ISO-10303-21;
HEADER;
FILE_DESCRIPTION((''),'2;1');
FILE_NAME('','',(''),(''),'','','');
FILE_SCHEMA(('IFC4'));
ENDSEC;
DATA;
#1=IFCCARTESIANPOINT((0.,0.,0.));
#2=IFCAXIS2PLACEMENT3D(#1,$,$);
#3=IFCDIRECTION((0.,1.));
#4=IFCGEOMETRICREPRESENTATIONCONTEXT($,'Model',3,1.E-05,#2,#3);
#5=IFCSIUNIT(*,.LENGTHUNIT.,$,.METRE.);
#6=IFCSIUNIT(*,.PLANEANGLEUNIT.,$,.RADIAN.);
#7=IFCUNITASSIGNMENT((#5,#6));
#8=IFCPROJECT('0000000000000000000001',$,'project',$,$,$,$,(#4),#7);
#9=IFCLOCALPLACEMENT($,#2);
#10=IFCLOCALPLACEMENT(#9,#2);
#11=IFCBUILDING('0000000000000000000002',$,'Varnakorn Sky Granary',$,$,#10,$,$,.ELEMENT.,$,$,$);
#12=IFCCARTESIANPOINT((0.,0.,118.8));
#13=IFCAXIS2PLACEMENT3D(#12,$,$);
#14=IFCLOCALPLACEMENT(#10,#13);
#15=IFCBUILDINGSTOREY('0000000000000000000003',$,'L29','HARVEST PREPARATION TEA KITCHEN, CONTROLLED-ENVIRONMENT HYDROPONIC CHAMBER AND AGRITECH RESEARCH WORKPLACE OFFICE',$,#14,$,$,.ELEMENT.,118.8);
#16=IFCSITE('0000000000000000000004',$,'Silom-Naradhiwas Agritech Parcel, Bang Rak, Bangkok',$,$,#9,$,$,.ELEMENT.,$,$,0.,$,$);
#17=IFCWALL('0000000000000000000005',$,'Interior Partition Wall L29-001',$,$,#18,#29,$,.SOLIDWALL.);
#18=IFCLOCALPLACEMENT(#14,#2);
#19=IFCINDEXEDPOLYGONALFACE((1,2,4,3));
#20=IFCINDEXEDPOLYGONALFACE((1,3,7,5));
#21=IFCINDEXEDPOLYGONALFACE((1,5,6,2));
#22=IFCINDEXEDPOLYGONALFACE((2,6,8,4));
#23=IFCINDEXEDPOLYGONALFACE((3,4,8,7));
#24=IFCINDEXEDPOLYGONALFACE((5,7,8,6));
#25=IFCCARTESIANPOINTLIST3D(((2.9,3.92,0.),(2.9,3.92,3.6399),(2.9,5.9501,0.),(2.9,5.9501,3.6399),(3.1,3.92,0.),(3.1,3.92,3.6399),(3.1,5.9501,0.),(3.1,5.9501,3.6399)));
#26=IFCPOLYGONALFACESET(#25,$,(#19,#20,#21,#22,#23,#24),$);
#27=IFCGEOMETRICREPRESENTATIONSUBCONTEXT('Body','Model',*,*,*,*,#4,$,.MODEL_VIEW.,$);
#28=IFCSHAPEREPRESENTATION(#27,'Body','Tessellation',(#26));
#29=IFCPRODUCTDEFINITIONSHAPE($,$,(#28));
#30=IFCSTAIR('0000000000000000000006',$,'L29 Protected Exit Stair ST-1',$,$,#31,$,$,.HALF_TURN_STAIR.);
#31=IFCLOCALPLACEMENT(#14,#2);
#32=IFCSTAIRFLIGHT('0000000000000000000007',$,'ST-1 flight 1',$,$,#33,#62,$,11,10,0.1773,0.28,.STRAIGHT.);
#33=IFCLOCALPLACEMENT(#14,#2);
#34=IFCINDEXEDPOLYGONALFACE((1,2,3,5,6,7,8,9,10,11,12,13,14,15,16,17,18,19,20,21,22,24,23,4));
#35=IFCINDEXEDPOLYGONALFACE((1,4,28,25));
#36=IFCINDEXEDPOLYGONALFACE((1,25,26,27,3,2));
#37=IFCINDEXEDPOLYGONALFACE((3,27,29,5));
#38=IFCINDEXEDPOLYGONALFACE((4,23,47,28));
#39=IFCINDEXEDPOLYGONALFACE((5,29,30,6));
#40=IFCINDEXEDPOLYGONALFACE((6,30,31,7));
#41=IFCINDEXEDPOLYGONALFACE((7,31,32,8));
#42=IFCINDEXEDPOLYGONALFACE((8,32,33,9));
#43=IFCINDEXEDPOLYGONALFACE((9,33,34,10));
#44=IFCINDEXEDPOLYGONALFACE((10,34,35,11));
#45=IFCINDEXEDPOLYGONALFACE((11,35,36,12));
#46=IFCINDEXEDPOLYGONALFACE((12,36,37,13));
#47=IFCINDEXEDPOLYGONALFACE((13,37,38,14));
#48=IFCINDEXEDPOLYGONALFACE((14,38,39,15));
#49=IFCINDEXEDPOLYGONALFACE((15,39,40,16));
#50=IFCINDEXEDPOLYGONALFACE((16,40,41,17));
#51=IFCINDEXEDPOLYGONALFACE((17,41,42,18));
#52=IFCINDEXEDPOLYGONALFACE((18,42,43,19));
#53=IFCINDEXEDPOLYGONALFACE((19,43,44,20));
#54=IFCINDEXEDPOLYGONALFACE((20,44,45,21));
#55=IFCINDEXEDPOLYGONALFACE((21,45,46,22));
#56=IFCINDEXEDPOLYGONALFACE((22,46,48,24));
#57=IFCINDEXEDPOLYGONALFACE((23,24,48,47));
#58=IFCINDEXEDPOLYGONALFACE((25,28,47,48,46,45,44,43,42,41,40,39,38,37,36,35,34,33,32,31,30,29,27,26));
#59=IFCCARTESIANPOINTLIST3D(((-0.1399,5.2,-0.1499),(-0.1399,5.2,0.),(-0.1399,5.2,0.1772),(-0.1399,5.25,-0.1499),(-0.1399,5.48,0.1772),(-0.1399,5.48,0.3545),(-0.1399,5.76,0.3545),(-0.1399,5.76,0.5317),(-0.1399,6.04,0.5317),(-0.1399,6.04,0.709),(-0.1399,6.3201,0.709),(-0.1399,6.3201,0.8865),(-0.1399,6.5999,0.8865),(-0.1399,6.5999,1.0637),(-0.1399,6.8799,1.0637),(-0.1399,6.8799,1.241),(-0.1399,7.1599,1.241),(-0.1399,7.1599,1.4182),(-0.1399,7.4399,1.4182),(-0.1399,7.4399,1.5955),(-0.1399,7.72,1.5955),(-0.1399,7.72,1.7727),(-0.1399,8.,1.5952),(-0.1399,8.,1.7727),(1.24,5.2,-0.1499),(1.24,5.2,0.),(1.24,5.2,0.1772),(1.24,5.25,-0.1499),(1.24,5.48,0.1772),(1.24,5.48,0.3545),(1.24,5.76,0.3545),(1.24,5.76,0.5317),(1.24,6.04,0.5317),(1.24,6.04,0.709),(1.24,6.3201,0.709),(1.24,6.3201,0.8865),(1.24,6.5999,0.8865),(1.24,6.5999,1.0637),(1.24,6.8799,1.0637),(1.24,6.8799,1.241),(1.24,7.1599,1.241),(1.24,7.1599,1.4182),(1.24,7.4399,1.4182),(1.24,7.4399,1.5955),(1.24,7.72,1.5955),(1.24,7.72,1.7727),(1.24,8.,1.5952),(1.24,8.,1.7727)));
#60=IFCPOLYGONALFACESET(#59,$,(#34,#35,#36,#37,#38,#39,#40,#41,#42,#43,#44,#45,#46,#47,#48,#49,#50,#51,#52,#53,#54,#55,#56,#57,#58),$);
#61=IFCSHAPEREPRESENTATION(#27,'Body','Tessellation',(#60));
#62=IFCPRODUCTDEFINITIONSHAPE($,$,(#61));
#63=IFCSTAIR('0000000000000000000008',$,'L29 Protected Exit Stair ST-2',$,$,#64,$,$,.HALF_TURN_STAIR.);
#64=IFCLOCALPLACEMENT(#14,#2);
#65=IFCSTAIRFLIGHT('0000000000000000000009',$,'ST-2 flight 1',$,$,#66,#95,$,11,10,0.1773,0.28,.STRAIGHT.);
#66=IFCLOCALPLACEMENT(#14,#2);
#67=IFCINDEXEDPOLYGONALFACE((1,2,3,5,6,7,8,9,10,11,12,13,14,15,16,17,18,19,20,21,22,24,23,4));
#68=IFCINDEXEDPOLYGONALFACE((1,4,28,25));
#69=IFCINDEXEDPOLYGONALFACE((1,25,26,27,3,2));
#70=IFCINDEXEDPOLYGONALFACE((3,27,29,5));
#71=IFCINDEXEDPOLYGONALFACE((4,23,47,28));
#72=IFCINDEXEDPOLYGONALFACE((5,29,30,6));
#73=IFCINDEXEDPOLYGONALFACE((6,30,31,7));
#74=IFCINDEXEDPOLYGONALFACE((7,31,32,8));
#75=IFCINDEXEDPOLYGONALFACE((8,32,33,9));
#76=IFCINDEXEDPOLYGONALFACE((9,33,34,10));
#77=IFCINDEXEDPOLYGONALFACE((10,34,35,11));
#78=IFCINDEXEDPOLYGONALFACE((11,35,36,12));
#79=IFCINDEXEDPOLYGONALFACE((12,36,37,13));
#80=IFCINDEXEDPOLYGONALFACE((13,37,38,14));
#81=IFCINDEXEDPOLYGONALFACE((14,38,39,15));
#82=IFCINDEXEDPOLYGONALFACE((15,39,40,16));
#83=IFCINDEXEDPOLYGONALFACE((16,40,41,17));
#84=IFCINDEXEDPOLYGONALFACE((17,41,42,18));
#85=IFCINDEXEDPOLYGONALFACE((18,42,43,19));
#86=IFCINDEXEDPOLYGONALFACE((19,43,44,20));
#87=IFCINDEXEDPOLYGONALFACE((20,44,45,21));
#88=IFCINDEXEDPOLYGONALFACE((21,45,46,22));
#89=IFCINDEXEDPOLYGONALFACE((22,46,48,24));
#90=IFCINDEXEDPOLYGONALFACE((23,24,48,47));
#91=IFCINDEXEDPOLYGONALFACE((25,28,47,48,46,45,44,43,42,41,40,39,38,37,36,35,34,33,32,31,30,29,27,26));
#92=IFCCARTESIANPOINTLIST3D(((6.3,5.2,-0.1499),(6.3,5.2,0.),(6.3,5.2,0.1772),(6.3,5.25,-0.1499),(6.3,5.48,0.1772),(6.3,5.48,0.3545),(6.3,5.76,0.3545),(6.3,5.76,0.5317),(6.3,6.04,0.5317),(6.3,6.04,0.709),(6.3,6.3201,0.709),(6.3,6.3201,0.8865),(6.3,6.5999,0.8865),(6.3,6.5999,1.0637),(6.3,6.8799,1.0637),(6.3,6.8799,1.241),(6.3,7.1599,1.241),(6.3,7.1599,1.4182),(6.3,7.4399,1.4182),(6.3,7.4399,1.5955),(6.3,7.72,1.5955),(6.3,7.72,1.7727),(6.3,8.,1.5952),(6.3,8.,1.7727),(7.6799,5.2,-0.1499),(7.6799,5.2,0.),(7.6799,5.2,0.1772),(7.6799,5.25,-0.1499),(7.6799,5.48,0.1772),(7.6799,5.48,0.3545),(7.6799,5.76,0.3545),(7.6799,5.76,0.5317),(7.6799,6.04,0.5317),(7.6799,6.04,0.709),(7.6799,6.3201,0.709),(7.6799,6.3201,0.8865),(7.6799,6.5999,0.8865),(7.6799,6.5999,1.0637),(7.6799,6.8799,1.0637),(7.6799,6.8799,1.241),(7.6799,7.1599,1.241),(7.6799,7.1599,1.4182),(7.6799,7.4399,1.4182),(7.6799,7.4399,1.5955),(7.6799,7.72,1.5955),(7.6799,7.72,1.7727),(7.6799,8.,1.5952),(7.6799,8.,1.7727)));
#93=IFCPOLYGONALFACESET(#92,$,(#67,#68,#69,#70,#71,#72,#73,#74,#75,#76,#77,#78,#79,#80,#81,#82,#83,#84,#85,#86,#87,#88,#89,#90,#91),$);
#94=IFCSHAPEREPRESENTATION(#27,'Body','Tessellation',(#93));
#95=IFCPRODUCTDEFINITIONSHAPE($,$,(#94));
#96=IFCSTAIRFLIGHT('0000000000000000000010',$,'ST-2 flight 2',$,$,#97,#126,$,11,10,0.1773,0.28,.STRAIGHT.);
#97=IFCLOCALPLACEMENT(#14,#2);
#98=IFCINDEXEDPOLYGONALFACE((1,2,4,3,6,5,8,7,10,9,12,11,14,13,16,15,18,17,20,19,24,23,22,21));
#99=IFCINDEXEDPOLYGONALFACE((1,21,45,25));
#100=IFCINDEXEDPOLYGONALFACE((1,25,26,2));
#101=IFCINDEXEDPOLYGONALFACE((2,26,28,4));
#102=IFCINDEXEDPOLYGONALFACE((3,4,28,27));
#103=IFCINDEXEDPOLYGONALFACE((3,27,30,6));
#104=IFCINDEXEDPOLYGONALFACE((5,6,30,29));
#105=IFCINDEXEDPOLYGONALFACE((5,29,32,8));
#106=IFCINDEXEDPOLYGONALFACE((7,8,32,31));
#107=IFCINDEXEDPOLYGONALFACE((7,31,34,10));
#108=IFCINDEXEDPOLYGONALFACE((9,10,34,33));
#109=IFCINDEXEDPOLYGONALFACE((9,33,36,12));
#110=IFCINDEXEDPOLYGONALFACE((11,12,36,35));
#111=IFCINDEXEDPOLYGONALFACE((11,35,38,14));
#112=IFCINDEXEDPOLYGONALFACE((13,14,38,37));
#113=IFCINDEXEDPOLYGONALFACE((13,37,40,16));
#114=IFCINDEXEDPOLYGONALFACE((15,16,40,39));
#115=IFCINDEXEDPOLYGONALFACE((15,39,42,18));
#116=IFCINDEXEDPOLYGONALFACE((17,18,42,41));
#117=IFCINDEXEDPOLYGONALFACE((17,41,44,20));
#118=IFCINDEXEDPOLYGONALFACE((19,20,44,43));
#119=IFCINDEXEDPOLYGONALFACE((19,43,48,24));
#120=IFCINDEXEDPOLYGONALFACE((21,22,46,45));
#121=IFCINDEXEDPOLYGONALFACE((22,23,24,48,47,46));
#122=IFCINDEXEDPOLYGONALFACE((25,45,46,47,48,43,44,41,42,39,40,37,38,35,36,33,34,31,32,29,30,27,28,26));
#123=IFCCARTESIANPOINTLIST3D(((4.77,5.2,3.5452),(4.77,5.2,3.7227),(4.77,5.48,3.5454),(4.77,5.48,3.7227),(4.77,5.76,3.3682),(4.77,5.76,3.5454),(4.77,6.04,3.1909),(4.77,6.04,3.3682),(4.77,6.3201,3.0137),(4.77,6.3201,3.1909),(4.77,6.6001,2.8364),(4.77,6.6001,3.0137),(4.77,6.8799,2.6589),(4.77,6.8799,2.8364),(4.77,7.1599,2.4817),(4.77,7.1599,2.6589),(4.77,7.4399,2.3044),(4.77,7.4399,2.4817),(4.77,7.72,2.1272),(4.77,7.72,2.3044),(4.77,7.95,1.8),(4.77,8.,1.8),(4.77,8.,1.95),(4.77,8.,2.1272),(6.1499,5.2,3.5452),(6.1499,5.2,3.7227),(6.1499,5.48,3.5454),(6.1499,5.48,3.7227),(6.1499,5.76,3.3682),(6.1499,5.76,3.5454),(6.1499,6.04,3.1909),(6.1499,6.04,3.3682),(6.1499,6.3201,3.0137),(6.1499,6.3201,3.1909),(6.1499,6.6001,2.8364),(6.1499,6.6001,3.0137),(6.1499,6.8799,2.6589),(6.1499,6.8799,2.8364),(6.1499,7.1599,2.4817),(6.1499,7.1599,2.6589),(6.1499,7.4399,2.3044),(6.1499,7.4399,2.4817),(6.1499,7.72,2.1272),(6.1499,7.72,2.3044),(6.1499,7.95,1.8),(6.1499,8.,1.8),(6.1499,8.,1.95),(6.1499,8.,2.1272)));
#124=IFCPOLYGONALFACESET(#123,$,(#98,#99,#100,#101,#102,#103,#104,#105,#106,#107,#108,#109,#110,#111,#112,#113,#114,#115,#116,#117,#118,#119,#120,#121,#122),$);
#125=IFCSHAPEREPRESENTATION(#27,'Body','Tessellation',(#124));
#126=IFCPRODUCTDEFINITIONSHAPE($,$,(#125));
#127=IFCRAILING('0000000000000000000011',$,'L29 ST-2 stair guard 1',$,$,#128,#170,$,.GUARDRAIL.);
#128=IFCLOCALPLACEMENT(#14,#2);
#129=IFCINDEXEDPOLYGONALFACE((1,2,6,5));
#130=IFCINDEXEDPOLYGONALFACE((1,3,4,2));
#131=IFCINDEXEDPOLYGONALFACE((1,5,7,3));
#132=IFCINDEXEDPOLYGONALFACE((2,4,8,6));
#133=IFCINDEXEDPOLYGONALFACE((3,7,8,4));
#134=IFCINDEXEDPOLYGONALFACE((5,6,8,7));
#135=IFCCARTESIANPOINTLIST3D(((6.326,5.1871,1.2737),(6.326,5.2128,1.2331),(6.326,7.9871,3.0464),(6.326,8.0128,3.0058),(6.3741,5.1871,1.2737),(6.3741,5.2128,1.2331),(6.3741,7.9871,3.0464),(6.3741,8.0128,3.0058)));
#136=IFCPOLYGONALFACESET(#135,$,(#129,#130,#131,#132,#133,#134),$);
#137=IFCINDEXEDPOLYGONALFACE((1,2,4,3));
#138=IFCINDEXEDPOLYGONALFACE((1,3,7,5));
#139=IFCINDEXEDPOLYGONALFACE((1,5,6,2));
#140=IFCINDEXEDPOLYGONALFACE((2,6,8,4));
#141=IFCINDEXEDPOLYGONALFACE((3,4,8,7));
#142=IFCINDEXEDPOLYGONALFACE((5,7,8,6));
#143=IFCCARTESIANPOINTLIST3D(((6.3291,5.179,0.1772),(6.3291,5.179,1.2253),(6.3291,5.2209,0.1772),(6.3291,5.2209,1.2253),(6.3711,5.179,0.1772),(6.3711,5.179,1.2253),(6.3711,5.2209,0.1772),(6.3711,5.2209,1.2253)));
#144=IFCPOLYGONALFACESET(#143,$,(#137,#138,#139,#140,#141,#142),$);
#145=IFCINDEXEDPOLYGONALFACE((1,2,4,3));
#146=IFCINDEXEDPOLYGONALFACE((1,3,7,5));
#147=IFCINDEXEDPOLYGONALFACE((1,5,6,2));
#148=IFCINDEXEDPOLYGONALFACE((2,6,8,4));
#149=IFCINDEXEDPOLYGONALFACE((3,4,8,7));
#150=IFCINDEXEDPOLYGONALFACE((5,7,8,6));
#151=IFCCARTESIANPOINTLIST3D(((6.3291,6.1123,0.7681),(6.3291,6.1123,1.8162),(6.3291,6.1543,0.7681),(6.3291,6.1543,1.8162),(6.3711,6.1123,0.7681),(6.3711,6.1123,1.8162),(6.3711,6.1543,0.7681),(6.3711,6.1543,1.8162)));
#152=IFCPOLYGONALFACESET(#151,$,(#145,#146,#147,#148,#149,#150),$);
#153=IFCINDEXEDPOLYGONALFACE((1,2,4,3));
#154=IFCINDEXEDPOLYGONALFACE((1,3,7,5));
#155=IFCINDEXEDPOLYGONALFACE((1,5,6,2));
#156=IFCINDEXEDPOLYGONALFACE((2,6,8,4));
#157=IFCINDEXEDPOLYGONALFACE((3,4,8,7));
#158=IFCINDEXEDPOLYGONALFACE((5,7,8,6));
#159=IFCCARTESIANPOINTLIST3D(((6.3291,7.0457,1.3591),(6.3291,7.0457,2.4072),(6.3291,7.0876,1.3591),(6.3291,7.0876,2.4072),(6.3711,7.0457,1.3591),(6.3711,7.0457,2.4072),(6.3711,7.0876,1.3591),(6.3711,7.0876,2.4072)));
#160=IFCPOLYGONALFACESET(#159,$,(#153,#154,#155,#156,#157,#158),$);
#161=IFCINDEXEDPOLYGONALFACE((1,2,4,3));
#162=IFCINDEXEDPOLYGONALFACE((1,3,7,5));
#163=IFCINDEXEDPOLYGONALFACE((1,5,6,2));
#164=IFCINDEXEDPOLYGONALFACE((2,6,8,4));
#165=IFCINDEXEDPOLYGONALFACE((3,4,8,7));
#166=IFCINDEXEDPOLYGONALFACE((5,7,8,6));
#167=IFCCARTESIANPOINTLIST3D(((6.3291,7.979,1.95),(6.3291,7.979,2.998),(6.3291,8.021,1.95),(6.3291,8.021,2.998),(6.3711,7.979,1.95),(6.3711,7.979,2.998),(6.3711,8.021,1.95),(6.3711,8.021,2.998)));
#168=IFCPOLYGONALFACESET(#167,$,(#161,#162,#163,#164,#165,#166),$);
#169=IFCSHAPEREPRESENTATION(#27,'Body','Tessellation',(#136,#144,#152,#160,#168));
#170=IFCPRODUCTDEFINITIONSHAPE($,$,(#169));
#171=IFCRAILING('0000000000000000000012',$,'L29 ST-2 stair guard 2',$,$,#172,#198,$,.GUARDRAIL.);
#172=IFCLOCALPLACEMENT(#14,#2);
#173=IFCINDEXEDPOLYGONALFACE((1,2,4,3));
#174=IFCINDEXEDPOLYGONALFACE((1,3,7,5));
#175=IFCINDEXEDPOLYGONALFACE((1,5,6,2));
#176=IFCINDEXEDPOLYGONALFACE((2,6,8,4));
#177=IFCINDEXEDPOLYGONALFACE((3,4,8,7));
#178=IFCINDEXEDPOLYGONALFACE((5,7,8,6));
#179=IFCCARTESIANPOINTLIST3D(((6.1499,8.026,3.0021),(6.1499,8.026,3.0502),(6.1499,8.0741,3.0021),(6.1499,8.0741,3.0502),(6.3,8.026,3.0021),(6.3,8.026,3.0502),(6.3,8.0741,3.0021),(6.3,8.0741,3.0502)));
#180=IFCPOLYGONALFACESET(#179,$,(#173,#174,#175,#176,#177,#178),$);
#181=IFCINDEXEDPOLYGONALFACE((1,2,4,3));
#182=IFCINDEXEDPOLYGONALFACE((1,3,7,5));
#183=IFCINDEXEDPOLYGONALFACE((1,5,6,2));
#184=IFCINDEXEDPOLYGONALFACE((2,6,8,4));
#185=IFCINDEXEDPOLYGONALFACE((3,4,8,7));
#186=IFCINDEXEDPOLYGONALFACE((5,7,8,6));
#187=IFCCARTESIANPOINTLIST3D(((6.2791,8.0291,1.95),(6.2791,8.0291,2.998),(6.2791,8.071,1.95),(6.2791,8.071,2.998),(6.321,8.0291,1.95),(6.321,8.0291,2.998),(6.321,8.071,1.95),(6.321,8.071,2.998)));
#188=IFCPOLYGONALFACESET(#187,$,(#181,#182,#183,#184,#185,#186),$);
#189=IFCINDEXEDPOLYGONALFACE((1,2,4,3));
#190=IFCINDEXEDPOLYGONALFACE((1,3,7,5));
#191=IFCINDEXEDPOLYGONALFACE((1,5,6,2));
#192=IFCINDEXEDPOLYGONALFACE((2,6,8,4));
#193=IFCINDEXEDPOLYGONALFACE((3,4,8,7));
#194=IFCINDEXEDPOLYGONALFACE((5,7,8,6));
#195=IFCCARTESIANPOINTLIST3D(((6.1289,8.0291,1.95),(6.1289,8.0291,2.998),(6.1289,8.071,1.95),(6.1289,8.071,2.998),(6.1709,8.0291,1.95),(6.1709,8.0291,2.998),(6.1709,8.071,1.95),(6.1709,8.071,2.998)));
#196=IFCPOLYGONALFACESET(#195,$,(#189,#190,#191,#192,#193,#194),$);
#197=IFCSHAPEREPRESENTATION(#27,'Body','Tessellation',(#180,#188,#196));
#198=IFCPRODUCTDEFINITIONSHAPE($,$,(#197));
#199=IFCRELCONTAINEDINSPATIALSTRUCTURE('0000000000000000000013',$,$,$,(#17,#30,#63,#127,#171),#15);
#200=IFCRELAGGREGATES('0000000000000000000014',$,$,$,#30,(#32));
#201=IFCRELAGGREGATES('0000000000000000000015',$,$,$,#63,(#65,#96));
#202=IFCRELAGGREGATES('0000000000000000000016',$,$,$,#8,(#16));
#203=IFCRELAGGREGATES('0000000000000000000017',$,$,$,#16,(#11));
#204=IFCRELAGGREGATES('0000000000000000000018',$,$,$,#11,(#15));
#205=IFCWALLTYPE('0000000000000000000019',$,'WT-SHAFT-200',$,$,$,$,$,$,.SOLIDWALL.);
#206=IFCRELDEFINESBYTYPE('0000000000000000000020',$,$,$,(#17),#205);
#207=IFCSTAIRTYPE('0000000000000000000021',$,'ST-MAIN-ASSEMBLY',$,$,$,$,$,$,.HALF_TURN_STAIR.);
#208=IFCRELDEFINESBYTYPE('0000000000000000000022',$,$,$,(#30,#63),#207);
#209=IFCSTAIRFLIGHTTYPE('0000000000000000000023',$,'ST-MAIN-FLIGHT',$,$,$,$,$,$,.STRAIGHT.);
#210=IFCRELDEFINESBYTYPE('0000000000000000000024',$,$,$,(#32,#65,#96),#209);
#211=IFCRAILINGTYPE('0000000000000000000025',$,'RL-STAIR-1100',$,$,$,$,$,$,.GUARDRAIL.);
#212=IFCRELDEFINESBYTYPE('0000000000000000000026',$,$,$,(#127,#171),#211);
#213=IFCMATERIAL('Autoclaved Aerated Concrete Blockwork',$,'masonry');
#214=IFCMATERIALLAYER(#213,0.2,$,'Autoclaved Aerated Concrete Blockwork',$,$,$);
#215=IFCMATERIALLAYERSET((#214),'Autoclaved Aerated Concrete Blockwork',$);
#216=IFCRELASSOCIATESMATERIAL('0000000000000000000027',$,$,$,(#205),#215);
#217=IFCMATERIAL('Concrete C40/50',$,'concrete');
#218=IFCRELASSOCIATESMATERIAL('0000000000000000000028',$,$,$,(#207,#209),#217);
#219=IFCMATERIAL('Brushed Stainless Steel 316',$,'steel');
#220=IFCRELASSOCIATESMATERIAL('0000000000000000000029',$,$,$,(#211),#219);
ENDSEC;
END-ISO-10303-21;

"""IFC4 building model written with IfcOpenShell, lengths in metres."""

from ifc_helpers import new_model, si_unit, direction, frame, frame_2d, origin, origin_2d, place, context, subcontext, project, spatial, polyline, rectangle, outline, extrude, material, layer, layer_set, type_object, element, aggregate, save


model = new_model("IFC4")

# Units and contexts
model_context = context("Model", 3, precision=1e-05, world=origin(), true_north=direction((0.0, 1.0)))
body_context = subcontext(model_context, "Body", "Model", "MODEL_VIEW")
ifc_project = project(units=[si_unit("LENGTHUNIT", "METRE"), si_unit("PLANEANGLEUNIT", "RADIAN")], contexts=[model_context])

# Site, building, storey
site_placement = place(None, origin())
site = spatial("IfcSite", under=ifc_project, at=site_placement, Name="Silom-Naradhiwas Agritech Parcel, Bang Rak, Bangkok", CompositionType="ELEMENT", RefElevation=0.0)
building_placement = place(site_placement, origin())
building = spatial("IfcBuilding", under=site, at=building_placement, Name="Varnakorn Sky Granary", CompositionType="ELEMENT")
storey_placement = place(building_placement, frame((0.0, 0.0, 118.8)))
storey = spatial("IfcBuildingStorey", under=building, at=storey_placement, Name="L29", Description="HARVEST PREPARATION TEA KITCHEN, CONTROLLED-ENVIRONMENT HYDROPONIC CHAMBER AND AGRITECH RESEARCH WORKPLACE OFFICE", CompositionType="ELEMENT", Elevation=118.8)

# Shared definitions
ifc_material_1 = material(Name="Autoclaved Aerated Concrete Blockwork", Category="masonry")

# Wall
ifc_layer_1 = layer(ifc_material_1, 0.2, Name="Autoclaved Aerated Concrete Blockwork")
ifc_layer_set_1 = layer_set([ifc_layer_1], Name="Autoclaved Aerated Concrete Blockwork")
wall_type_1 = type_object("IfcWallType", Name="WT-SHAFT-200", PredefinedType="SOLIDWALL", material=ifc_layer_set_1)
wall_1_placement = place(storey_placement, frame((3.0, 3.9199, 0.0), z_axis=(0.0, 0.0, 1.0), x_axis=(0.0, 1.0, 0.0)))
element("IfcWall", 1, at=wall_1_placement, inside=storey, type_object=wall_type_1, Name="Interior Partition Wall L29-001", PredefinedType="SOLIDWALL", context=body_context, shape_type="SweptSolid", body=[
    extrude(rectangle(XDim=2.03, YDim=0.2, at=frame_2d((1.0151, 0.0))), origin(), (0.0, 0.0, 1.0), 3.6399),
])

# Stair, stair flight
ifc_material_2 = material(Name="Concrete C40/50", Category="concrete")
stair_type = type_object("IfcStairType", Name="ST-MAIN-ASSEMBLY", PredefinedType="HALF_TURN_STAIR", material=ifc_material_2)
stair_1_placement = place(storey_placement, origin())
stair_1 = element("IfcStair", 2, at=stair_1_placement, inside=storey, type_object=stair_type, Name="L29 Protected Exit Stair ST-1", PredefinedType="HALF_TURN_STAIR")
stair_flight_type = type_object("IfcStairFlightType", Name="ST-MAIN-FLIGHT", PredefinedType="STRAIGHT", material=ifc_material_2)
stair_flight_1_placement = place(storey_placement, frame((0.55, 5.2, 0.0), z_axis=(0.0, 0.0, 1.0), x_axis=(0.0, 1.0, 0.0)))
stair_flight_1 = element("IfcStairFlight", 3, at=stair_flight_1_placement, type_object=stair_flight_type, Name="ST-1 flight 1", NumberOfRisers=11, NumberOfTreads=10, PredefinedType="STRAIGHT", RiserHeight=0.1773, TreadLength=0.28, context=body_context, shape_type="SweptSolid", body=[
    extrude(outline(polyline([(0.0, -0.1499), (0.0, 0.0), (0.0, 0.1772), (0.28, 0.1772), (0.28, 0.3545), (0.5601, 0.3545), (0.5601, 0.5317), (0.8401, 0.5317), (0.8401, 0.709), (1.1201, 0.709), (1.1201, 0.8865), (1.3999, 0.8865), (1.3999, 1.0637), (1.6799, 1.0637), (1.6799, 1.241), (1.96, 1.241), (1.96, 1.4182), (2.24, 1.4182), (2.24, 1.5955), (2.52, 1.5955), (2.52, 1.7727), (2.8, 1.7727), (2.8, 1.95), (2.8, 1.5952), (0.05, -0.1499), (0.0, -0.1499)])), frame((0.0, 0.6899, 0.0), z_axis=(0.0, -1.0, 0.0), x_axis=(1.0, 0.0, 0.0)), (0.0, 0.0, 1.0), 1.3799),
])
aggregate(stair_1, [stair_flight_1])

# Stair, stair flights
stair_2_placement = place(storey_placement, origin())
stair_2 = element("IfcStair", 4, at=stair_2_placement, inside=storey, type_object=stair_type, Name="L29 Protected Exit Stair ST-2", PredefinedType="HALF_TURN_STAIR")
stair_flight_2_placement = place(storey_placement, frame((6.99, 5.2, 0.0), z_axis=(0.0, 0.0, 1.0), x_axis=(0.0, 1.0, 0.0)))
stair_flight_2 = element("IfcStairFlight", 5, at=stair_flight_2_placement, type_object=stair_flight_type, Name="ST-2 flight 1", NumberOfRisers=11, NumberOfTreads=10, PredefinedType="STRAIGHT", RiserHeight=0.1773, TreadLength=0.28, context=body_context, shape_type="SweptSolid", body=[
    extrude(outline(polyline([(0.0, -0.1499), (0.0, 0.0), (0.0, 0.1772), (0.28, 0.1772), (0.28, 0.3545), (0.5601, 0.3545), (0.5601, 0.5317), (0.8401, 0.5317), (0.8401, 0.709), (1.1201, 0.709), (1.1201, 0.8865), (1.3999, 0.8865), (1.3999, 1.0637), (1.6799, 1.0637), (1.6799, 1.241), (1.96, 1.241), (1.96, 1.4182), (2.24, 1.4182), (2.24, 1.5955), (2.52, 1.5955), (2.52, 1.7727), (2.8, 1.7727), (2.8, 1.95), (2.8, 1.5952), (0.05, -0.1499), (0.0, -0.1499)])), frame((0.0, 0.6899, 0.0), z_axis=(0.0, -1.0, 0.0), x_axis=(1.0, 0.0, 0.0)), (0.0, 0.0, 1.0), 1.3799),
])
stair_flight_3_placement = place(storey_placement, frame((5.46, 8.0, 1.95), z_axis=(0.0, 0.0, 1.0), x_axis=(0.0, -1.0, 0.0)))
stair_flight_3 = element("IfcStairFlight", 6, at=stair_flight_3_placement, type_object=stair_flight_type, Name="ST-2 flight 2", NumberOfRisers=11, NumberOfTreads=10, PredefinedType="STRAIGHT", RiserHeight=0.1773, TreadLength=0.28, context=body_context, shape_type="SweptSolid", body=[
    extrude(outline(polyline([(0.0, -0.1499), (0.0, 0.0), (0.0, 0.1772), (0.28, 0.1772), (0.28, 0.3545), (0.5601, 0.3545), (0.5601, 0.5317), (0.8401, 0.5317), (0.8401, 0.709), (1.1201, 0.709), (1.1201, 0.8865), (1.3999, 0.8865), (1.3999, 1.0637), (1.6799, 1.0637), (1.6799, 1.241), (1.96, 1.241), (1.96, 1.4182), (2.24, 1.4182), (2.24, 1.5955), (2.52, 1.5955), (2.52, 1.7727), (2.8, 1.7727), (2.8, 1.95), (2.8, 1.5952), (0.05, -0.1499), (0.0, -0.1499)])), frame((0.0, 0.6899, 0.0), z_axis=(0.0, -1.0, 0.0), x_axis=(1.0, 0.0, 0.0)), (0.0, 0.0, 1.0), 1.3799),
])
aggregate(stair_2, [stair_flight_2, stair_flight_3])

# Railings
ifc_material_3 = material(Name="Brushed Stainless Steel 316", Category="steel")
railing_type_1 = type_object("IfcRailingType", Name="RL-STAIR-1100", PredefinedType="GUARDRAIL", material=ifc_material_3)
railing_1_placement = place(storey_placement, frame((6.3501, 5.2, 0.1772)))
element("IfcRailing", 7, at=railing_1_placement, inside=storey, type_object=railing_type_1, Name="L29 ST-2 stair guard 1", PredefinedType="GUARDRAIL", context=body_context, shape_type="SweptSolid", body=[
    extrude(rectangle(XDim=0.0481, YDim=0.0481, at=origin_2d()), frame((0.0, 0.0, 1.0762), z_axis=(0.0, 0.844909, 0.53491), x_axis=(-1.0, 0.0, 0.0)), (0.0, 0.0, 1.0), 3.314),
    extrude(rectangle(XDim=0.042, YDim=0.042, at=origin_2d()), origin(), (0.0, 0.0, 1.0), 1.0481),
    extrude(rectangle(XDim=0.042, YDim=0.042, at=origin_2d()), frame((0.0, 0.9333, 0.5908)), (0.0, 0.0, 1.0), 1.0481),
    extrude(rectangle(XDim=0.042, YDim=0.042, at=origin_2d()), frame((0.0, 1.8667, 1.1819)), (0.0, 0.0, 1.0), 1.0481),
    extrude(rectangle(XDim=0.042, YDim=0.042, at=origin_2d()), frame((0.0, 2.8, 1.7727)), (0.0, 0.0, 1.0), 1.0481),
])
railing_2_placement = place(storey_placement, frame((6.3, 8.05, 1.95)))
element("IfcRailing", 8, at=railing_2_placement, inside=storey, type_object=railing_type_1, Name="L29 ST-2 stair guard 2", PredefinedType="GUARDRAIL", context=body_context, shape_type="SweptSolid", body=[
    extrude(rectangle(XDim=0.0481, YDim=0.0481, at=origin_2d()), frame((0.0, 0.0, 1.0762), z_axis=(-1.0, 0.0, 0.0), x_axis=(0.0, -1.0, 0.0)), (0.0, 0.0, 1.0), 0.1501),
    extrude(rectangle(XDim=0.042, YDim=0.042, at=origin_2d()), origin(), (0.0, 0.0, 1.0), 1.0481),
    extrude(rectangle(XDim=0.042, YDim=0.042, at=origin_2d()), frame((-0.1501, 0.0, 0.0)), (0.0, 0.0, 1.0), 1.0481),
])

save(model, "model.ifc")
